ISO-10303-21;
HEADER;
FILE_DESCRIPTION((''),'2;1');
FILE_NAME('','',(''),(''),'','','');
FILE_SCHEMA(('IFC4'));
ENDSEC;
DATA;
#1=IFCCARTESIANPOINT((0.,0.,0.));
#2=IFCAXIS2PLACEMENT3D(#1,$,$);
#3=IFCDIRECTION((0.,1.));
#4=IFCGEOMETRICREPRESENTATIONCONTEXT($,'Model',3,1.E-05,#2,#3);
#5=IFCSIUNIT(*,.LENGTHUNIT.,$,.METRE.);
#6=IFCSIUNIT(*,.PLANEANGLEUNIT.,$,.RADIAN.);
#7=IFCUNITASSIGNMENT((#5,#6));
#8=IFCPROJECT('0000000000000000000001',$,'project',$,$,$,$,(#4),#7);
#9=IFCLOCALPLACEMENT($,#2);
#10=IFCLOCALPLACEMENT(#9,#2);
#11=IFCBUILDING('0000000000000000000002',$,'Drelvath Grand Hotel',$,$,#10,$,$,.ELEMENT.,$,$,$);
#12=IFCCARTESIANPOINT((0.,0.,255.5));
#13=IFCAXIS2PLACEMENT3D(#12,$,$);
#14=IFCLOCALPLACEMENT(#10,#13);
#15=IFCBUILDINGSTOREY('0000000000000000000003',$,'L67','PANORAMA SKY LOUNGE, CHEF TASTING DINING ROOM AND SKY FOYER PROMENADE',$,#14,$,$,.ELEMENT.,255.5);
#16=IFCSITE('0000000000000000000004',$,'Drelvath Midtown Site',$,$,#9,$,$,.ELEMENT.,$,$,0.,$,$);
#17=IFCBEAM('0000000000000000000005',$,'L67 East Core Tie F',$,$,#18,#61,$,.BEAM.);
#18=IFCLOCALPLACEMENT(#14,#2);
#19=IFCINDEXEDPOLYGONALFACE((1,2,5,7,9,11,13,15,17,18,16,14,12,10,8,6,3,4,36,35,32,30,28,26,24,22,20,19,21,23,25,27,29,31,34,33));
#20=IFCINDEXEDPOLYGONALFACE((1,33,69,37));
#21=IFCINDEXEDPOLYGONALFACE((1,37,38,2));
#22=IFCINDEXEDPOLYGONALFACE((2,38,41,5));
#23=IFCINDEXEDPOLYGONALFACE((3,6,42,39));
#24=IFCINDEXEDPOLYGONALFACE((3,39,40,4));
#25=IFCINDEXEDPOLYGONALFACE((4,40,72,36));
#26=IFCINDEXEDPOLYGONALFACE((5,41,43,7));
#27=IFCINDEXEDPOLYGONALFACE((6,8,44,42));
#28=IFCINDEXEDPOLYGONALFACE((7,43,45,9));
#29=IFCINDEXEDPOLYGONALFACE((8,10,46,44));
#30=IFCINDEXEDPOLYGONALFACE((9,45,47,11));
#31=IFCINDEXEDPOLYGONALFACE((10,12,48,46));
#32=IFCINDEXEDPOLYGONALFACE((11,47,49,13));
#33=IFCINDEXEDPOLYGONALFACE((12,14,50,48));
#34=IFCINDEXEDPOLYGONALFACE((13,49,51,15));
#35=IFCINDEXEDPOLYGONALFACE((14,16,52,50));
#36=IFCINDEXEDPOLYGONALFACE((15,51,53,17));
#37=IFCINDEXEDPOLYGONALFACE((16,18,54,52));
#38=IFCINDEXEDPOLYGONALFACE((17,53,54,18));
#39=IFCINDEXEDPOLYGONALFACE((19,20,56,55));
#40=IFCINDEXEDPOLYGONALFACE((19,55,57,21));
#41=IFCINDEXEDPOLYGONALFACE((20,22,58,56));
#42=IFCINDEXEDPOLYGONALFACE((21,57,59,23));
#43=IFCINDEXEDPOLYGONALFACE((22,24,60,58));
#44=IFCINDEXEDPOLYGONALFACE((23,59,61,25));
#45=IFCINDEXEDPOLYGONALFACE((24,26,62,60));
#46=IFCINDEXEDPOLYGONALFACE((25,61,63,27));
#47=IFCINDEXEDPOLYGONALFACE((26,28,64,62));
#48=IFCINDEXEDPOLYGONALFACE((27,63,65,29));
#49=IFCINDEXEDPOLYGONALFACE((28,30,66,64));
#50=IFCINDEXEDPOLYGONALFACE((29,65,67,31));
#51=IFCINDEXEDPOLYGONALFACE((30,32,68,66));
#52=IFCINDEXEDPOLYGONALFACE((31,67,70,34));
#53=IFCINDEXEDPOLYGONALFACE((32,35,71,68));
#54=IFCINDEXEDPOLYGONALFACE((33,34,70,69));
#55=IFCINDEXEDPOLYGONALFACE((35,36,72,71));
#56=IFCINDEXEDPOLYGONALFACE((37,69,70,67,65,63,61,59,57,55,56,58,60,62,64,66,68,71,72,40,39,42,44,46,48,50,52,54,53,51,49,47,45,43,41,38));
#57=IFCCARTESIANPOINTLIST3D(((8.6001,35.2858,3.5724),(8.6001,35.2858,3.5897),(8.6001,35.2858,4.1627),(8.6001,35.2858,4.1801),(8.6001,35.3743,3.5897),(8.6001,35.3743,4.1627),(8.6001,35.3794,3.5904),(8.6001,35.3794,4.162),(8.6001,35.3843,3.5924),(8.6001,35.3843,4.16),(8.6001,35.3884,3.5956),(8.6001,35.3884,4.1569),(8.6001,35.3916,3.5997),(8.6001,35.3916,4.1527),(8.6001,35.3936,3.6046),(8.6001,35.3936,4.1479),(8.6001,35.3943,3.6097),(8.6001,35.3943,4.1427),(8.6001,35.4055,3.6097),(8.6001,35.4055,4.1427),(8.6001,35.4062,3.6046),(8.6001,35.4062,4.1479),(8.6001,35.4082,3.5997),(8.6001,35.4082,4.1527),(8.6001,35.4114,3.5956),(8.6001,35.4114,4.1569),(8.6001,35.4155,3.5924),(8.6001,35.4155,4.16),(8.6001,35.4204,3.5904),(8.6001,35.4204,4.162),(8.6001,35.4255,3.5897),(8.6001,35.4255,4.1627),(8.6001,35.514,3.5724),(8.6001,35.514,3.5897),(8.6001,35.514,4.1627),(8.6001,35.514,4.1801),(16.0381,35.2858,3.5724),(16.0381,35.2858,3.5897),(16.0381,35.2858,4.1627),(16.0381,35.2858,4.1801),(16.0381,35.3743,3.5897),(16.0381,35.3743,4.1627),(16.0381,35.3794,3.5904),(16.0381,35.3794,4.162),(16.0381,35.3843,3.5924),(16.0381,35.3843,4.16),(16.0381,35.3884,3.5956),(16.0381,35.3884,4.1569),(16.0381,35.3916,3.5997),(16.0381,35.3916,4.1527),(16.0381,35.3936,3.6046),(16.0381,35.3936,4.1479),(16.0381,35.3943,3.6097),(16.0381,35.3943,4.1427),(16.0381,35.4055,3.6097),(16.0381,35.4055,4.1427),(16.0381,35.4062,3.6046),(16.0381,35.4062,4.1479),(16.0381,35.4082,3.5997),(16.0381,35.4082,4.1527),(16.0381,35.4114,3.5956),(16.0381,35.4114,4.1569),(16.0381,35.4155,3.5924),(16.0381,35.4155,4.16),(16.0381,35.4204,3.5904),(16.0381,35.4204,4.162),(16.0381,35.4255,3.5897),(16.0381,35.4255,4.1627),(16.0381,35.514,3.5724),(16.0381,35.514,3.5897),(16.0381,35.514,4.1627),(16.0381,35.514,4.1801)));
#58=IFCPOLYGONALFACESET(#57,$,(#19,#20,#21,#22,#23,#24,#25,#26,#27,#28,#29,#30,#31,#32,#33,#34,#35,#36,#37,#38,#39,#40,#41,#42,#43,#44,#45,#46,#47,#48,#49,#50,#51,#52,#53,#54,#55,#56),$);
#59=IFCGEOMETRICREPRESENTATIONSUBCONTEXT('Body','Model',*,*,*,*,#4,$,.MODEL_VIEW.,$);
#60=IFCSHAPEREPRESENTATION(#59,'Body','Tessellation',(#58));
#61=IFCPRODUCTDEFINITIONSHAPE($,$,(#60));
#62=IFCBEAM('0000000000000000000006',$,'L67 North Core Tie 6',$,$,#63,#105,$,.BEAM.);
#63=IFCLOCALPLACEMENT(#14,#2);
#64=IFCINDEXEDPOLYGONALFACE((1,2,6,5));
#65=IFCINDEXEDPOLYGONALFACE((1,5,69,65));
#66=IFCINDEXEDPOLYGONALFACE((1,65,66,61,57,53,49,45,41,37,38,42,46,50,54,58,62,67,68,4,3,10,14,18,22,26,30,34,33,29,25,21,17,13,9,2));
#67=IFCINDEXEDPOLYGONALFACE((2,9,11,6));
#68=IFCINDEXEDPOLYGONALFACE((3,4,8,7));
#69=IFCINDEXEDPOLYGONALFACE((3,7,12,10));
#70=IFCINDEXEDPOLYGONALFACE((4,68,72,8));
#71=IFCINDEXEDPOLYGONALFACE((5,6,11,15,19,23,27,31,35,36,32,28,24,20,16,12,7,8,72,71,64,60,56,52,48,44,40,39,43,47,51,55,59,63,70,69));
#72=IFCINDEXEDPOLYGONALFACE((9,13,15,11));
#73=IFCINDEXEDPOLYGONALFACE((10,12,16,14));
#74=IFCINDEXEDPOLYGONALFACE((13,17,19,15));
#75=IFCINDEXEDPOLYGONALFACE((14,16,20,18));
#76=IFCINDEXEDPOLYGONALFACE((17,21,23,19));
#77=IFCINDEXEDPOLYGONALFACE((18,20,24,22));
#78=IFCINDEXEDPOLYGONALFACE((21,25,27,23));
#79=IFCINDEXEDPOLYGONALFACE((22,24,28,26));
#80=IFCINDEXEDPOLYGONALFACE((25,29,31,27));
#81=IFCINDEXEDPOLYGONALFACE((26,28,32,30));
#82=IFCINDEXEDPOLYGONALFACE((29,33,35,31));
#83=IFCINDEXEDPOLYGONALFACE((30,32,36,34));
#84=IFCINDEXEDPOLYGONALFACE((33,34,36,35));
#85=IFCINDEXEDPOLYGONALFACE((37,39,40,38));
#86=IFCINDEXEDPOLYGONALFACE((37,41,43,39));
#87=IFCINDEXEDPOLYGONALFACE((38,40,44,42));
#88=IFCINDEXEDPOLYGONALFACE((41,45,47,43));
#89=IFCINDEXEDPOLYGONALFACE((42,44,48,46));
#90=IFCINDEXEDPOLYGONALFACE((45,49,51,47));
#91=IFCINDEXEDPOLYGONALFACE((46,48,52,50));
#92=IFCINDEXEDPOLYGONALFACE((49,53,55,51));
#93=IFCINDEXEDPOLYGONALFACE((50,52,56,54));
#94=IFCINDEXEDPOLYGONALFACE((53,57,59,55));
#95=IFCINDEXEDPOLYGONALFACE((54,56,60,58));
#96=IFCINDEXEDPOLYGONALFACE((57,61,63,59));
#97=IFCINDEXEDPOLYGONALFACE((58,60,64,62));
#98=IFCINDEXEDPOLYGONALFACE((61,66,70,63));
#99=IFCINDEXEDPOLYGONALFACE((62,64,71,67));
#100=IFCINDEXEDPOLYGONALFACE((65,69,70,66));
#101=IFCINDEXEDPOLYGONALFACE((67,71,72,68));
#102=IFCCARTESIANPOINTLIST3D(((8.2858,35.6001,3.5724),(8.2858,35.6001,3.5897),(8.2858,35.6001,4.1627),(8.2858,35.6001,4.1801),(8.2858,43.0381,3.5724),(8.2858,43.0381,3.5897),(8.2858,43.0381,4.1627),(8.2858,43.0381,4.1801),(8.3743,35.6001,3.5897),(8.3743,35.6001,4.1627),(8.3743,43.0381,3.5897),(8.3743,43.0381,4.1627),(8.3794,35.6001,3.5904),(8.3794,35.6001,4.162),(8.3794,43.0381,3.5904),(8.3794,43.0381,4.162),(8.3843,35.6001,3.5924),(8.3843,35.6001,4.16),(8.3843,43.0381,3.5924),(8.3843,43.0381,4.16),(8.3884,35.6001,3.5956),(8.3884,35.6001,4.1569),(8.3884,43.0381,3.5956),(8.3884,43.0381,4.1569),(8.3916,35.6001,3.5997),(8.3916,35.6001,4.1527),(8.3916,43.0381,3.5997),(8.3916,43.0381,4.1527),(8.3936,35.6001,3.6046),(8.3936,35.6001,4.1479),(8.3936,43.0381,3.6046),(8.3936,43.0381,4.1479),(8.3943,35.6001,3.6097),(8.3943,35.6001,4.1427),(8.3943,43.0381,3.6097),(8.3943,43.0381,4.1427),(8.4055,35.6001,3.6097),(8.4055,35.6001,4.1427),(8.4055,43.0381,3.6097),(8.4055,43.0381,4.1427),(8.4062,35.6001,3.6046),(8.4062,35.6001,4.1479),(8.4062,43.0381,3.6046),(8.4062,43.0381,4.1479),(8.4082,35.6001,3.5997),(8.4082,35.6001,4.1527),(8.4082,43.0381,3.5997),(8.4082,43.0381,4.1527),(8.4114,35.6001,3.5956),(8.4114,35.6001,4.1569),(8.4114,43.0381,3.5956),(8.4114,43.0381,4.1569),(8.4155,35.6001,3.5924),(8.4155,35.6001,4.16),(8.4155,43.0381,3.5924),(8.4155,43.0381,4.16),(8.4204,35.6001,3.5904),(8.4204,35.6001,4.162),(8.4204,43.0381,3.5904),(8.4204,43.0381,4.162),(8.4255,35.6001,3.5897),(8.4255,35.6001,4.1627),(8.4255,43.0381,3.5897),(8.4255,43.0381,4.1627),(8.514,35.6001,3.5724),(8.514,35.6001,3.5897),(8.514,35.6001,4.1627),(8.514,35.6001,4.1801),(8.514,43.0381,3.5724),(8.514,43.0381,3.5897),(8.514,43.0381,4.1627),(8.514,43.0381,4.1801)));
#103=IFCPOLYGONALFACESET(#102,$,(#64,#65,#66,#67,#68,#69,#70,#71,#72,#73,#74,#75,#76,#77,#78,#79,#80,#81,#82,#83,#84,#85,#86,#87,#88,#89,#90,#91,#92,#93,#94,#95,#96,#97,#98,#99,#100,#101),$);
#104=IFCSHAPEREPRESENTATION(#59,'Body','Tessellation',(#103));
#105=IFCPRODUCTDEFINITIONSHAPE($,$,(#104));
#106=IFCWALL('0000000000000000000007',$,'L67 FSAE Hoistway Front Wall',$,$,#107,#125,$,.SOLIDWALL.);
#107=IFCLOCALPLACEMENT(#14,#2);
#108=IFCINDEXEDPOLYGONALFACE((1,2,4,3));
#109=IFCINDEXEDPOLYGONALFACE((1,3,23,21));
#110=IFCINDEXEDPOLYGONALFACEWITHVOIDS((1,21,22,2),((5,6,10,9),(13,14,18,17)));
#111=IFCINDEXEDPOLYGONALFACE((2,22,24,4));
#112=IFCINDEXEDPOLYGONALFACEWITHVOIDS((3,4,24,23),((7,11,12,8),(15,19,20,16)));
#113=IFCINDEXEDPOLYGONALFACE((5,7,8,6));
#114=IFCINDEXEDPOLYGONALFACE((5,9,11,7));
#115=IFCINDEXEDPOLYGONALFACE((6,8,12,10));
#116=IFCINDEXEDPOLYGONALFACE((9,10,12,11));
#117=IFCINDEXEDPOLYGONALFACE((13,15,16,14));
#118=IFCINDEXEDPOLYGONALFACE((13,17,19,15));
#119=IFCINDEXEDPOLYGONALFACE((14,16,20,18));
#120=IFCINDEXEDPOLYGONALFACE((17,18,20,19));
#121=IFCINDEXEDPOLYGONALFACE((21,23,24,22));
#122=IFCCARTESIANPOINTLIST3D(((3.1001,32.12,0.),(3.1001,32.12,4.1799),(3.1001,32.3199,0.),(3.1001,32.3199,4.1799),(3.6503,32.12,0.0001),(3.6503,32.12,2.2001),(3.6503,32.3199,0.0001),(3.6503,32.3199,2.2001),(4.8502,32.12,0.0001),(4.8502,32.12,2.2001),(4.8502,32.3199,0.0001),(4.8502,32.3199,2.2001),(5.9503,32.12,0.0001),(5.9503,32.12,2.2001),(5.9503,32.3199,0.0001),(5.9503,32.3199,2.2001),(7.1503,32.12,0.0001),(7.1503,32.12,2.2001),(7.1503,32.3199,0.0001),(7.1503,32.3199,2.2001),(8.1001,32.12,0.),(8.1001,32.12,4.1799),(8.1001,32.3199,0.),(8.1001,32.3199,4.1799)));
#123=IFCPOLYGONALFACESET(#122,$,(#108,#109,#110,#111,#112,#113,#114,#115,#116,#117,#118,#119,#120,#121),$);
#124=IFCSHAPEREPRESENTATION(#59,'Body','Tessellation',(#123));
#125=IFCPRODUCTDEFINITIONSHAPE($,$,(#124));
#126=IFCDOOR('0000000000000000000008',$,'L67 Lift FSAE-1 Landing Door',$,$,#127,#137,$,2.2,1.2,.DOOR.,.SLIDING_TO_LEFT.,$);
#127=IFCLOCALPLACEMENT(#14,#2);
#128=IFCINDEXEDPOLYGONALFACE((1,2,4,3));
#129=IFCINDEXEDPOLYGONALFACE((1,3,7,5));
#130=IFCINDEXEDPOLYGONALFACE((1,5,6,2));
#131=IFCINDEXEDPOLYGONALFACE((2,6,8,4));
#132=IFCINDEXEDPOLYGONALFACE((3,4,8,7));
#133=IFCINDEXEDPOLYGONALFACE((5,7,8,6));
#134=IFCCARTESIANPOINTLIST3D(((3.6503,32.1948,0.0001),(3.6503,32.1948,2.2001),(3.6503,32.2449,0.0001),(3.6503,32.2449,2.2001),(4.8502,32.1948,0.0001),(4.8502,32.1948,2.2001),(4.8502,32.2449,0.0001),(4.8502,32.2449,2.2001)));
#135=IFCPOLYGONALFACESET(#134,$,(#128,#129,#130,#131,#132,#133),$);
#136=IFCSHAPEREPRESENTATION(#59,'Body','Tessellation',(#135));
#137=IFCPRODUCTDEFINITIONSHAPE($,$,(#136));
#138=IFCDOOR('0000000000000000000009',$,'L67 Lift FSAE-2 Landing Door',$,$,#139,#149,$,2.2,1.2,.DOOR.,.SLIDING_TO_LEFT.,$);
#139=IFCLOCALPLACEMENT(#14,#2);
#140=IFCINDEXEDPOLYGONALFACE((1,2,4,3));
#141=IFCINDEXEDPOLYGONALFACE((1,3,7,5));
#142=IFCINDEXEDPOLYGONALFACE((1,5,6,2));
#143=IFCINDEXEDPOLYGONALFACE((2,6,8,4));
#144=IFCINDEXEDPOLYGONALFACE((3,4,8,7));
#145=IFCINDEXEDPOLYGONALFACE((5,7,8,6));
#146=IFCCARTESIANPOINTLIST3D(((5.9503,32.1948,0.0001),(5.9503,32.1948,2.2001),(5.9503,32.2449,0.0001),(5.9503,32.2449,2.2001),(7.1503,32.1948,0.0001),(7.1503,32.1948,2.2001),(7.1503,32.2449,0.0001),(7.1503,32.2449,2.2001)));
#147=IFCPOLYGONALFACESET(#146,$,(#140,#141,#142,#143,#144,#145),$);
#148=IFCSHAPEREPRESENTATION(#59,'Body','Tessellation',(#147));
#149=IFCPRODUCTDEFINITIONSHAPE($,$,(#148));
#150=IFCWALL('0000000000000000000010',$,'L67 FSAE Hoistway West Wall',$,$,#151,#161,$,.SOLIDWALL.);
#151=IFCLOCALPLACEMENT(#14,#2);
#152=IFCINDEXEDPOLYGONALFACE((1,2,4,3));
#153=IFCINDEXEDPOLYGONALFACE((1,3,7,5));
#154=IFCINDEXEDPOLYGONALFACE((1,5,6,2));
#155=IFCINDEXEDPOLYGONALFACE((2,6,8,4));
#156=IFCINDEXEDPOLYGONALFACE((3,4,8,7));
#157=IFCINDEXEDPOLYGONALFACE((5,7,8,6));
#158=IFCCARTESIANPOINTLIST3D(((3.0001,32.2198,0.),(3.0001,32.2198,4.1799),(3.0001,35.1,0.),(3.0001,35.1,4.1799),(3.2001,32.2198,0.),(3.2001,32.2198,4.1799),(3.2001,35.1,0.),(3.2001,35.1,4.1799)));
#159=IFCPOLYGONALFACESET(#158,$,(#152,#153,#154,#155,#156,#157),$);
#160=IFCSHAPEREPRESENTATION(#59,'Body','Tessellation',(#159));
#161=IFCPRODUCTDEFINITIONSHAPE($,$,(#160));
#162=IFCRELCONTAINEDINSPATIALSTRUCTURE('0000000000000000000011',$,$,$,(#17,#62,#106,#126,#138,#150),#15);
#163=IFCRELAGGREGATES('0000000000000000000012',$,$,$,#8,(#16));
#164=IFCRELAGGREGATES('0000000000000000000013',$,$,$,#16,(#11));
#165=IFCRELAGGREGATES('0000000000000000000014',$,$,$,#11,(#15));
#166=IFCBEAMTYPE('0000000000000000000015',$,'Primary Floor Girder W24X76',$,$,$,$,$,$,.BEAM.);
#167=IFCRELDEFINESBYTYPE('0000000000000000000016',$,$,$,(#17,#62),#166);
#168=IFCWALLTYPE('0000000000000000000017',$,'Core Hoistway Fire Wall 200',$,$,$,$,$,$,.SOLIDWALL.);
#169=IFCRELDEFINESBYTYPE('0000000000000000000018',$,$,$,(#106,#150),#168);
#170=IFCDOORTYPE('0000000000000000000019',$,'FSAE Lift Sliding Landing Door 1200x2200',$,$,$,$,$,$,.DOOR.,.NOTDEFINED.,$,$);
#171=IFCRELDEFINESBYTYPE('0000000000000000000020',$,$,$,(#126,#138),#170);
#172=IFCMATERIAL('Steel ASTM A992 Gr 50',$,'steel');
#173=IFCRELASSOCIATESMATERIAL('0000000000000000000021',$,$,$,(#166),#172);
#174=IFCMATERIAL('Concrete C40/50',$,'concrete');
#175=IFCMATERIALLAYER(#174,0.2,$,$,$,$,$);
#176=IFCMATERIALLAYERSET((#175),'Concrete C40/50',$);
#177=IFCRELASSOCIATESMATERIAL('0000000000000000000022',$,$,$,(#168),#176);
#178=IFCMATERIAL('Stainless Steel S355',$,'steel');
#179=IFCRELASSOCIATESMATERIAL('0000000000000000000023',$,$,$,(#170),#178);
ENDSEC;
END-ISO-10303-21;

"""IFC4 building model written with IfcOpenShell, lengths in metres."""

from ifc_helpers import new_model, si_unit, direction, frame, frame_2d, origin, origin_2d, place, context, subcontext, project, spatial, rectangle, i_section, extrude, material, layer, layer_set, material_profile, profile_set, type_object, element, fill, save


model = new_model("IFC4")

# Units and contexts
model_context = context("Model", 3, precision=1e-05, world=origin(), true_north=direction((0.0, 1.0)))
body_context = subcontext(model_context, "Body", "Model", "MODEL_VIEW")
ifc_project = project(units=[si_unit("LENGTHUNIT", "METRE"), si_unit("PLANEANGLEUNIT", "RADIAN")], contexts=[model_context])

# Site, building, storey
site_placement = place(None, origin())
site = spatial("IfcSite", under=ifc_project, at=site_placement, Name="Drelvath Midtown Site", CompositionType="ELEMENT", RefElevation=0.0)
building_placement = place(site_placement, origin())
building = spatial("IfcBuilding", under=site, at=building_placement, Name="Drelvath Grand Hotel", CompositionType="ELEMENT")
storey_placement = place(building_placement, frame((0.0, 0.0, 255.5)))
storey = spatial("IfcBuildingStorey", under=building, at=storey_placement, Name="L67", Description="PANORAMA SKY LOUNGE, CHEF TASTING DINING ROOM AND SKY FOYER PROMENADE", CompositionType="ELEMENT", Elevation=255.5)

# Beams
ifc_material_1 = material(Name="Steel ASTM A992 Gr 50", Category="steel")
ifc_material_profile_1 = material_profile(ifc_material_1, i_section(OverallWidth=0.2283, OverallDepth=0.6077, WebThickness=0.0112, FlangeThickness=0.0173, FilletRadius=0.02, at=origin_2d()), Name="W24X76")
ifc_profile_set_1 = profile_set([ifc_material_profile_1], Name="Steel ASTM A992 Gr 50")
beam_type_1 = type_object("IfcBeamType", Name="Primary Floor Girder W24X76", PredefinedType="BEAM", material=ifc_profile_set_1)
for number, where, z_axis, x_axis, name in (
    (1, (8.6001, 35.3999, 3.8762), (1.0, 0.0, 0.0), (0.0, 1.0, 0.0), "L67 East Core Tie F"),
    (2, (8.3999, 35.6001, 3.8762), (0.0, 1.0, 0.0), (-1.0, 0.0, 0.0), "L67 North Core Tie 6"),
):
    element("IfcBeam", number, at=place(storey_placement, frame(where, z_axis=z_axis, x_axis=x_axis)), inside=storey, type_object=beam_type_1, Name=name, PredefinedType="BEAM", context=body_context, shape_type="SweptSolid", body=[
        extrude(i_section(OverallWidth=0.2283, OverallDepth=0.6077, WebThickness=0.0112, FlangeThickness=0.0173, FilletRadius=0.02, at=origin_2d()), origin(), (0.0, 0.0, 1.0), 7.438),
    ])

# Wall, openings, doors
ifc_material_2 = material(Name="Concrete C40/50", Category="concrete")
ifc_layer_1 = layer(ifc_material_2, 0.2)
ifc_layer_set_1 = layer_set([ifc_layer_1], Name="Concrete C40/50")
wall_type_1 = type_object("IfcWallType", Name="Core Hoistway Fire Wall 200", PredefinedType="SOLIDWALL", material=ifc_layer_set_1)
wall_1_placement = place(storey_placement, frame((3.1001, 32.22, 0.0), z_axis=(0.0, 0.0, 1.0), x_axis=(1.0, 0.0, 0.0)))
wall_1 = element("IfcWall", 3, at=wall_1_placement, inside=storey, type_object=wall_type_1, Name="L67 FSAE Hoistway Front Wall", PredefinedType="SOLIDWALL", context=body_context, shape_type="SweptSolid", body=[
    extrude(rectangle(XDim=5.0, YDim=0.2, at=frame_2d((2.5, 0.0))), origin(), (0.0, 0.0, 1.0), 4.1799),
])
opening_1_placement = place(wall_1_placement, frame((0.55, 0.0, 0.0)))
opening_1 = element("IfcOpeningElement", 4, at=opening_1_placement, cuts=wall_1, PredefinedType="OPENING", context=body_context, shape_type="SweptSolid", body=[
    extrude(rectangle(XDim=1.2, YDim=2.2, at=frame_2d((0.6001, 1.1001))), frame((0.0, 0.1099, 0.0), z_axis=(0.0, -1.0, 0.0), x_axis=(1.0, 0.0, 0.0)), (0.0, 0.0, 1.0), 0.22),
])
opening_2_placement = place(wall_1_placement, frame((2.8501, 0.0, 0.0)))
opening_2 = element("IfcOpeningElement", 5, at=opening_2_placement, cuts=wall_1, PredefinedType="OPENING", context=body_context, shape_type="SweptSolid", body=[
    extrude(rectangle(XDim=1.2, YDim=2.2, at=frame_2d((0.6001, 1.1001))), frame((0.0, 0.1099, 0.0), z_axis=(0.0, -1.0, 0.0), x_axis=(1.0, 0.0, 0.0)), (0.0, 0.0, 1.0), 0.22),
])
ifc_material_3 = material(Name="Stainless Steel S355", Category="steel")
door_type_1 = type_object("IfcDoorType", Name="FSAE Lift Sliding Landing Door 1200x2200", OperationType="NOTDEFINED", PredefinedType="DOOR", material=ifc_material_3)
door_1_placement = place(opening_1_placement, origin())
door_1 = element("IfcDoor", 6, at=door_1_placement, inside=storey, type_object=door_type_1, Name="L67 Lift FSAE-1 Landing Door", OperationType="SLIDING_TO_LEFT", OverallHeight=2.2, OverallWidth=1.2, PredefinedType="DOOR", context=body_context, shape_type="SweptSolid", body=[
    extrude(rectangle(XDim=1.2, YDim=2.2, at=frame_2d((0.6001, 1.1001))), frame((0.0, 0.0249, 0.0), z_axis=(0.0, -1.0, 0.0), x_axis=(1.0, 0.0, 0.0)), (0.0, 0.0, 1.0), 0.05),
])
fill(opening_1, door_1)
door_2_placement = place(opening_2_placement, origin())
door_2 = element("IfcDoor", 7, at=door_2_placement, inside=storey, type_object=door_type_1, Name="L67 Lift FSAE-2 Landing Door", OperationType="SLIDING_TO_LEFT", OverallHeight=2.2, OverallWidth=1.2, PredefinedType="DOOR", context=body_context, shape_type="SweptSolid", body=[
    extrude(rectangle(XDim=1.2, YDim=2.2, at=frame_2d((0.6001, 1.1001))), frame((0.0, 0.0249, 0.0), z_axis=(0.0, -1.0, 0.0), x_axis=(1.0, 0.0, 0.0)), (0.0, 0.0, 1.0), 0.05),
])
fill(opening_2, door_2)

# Wall
wall_2_placement = place(storey_placement, frame((3.1001, 32.22, 0.0), z_axis=(0.0, 0.0, 1.0), x_axis=(0.0, 1.0, 0.0)))
element("IfcWall", 8, at=wall_2_placement, inside=storey, type_object=wall_type_1, Name="L67 FSAE Hoistway West Wall", PredefinedType="SOLIDWALL", context=body_context, shape_type="SweptSolid", body=[
    extrude(rectangle(XDim=2.8801, YDim=0.2, at=frame_2d((1.4399, 0.0))), origin(), (0.0, 0.0, 1.0), 4.1799),
])

save(model, "model.ifc")
